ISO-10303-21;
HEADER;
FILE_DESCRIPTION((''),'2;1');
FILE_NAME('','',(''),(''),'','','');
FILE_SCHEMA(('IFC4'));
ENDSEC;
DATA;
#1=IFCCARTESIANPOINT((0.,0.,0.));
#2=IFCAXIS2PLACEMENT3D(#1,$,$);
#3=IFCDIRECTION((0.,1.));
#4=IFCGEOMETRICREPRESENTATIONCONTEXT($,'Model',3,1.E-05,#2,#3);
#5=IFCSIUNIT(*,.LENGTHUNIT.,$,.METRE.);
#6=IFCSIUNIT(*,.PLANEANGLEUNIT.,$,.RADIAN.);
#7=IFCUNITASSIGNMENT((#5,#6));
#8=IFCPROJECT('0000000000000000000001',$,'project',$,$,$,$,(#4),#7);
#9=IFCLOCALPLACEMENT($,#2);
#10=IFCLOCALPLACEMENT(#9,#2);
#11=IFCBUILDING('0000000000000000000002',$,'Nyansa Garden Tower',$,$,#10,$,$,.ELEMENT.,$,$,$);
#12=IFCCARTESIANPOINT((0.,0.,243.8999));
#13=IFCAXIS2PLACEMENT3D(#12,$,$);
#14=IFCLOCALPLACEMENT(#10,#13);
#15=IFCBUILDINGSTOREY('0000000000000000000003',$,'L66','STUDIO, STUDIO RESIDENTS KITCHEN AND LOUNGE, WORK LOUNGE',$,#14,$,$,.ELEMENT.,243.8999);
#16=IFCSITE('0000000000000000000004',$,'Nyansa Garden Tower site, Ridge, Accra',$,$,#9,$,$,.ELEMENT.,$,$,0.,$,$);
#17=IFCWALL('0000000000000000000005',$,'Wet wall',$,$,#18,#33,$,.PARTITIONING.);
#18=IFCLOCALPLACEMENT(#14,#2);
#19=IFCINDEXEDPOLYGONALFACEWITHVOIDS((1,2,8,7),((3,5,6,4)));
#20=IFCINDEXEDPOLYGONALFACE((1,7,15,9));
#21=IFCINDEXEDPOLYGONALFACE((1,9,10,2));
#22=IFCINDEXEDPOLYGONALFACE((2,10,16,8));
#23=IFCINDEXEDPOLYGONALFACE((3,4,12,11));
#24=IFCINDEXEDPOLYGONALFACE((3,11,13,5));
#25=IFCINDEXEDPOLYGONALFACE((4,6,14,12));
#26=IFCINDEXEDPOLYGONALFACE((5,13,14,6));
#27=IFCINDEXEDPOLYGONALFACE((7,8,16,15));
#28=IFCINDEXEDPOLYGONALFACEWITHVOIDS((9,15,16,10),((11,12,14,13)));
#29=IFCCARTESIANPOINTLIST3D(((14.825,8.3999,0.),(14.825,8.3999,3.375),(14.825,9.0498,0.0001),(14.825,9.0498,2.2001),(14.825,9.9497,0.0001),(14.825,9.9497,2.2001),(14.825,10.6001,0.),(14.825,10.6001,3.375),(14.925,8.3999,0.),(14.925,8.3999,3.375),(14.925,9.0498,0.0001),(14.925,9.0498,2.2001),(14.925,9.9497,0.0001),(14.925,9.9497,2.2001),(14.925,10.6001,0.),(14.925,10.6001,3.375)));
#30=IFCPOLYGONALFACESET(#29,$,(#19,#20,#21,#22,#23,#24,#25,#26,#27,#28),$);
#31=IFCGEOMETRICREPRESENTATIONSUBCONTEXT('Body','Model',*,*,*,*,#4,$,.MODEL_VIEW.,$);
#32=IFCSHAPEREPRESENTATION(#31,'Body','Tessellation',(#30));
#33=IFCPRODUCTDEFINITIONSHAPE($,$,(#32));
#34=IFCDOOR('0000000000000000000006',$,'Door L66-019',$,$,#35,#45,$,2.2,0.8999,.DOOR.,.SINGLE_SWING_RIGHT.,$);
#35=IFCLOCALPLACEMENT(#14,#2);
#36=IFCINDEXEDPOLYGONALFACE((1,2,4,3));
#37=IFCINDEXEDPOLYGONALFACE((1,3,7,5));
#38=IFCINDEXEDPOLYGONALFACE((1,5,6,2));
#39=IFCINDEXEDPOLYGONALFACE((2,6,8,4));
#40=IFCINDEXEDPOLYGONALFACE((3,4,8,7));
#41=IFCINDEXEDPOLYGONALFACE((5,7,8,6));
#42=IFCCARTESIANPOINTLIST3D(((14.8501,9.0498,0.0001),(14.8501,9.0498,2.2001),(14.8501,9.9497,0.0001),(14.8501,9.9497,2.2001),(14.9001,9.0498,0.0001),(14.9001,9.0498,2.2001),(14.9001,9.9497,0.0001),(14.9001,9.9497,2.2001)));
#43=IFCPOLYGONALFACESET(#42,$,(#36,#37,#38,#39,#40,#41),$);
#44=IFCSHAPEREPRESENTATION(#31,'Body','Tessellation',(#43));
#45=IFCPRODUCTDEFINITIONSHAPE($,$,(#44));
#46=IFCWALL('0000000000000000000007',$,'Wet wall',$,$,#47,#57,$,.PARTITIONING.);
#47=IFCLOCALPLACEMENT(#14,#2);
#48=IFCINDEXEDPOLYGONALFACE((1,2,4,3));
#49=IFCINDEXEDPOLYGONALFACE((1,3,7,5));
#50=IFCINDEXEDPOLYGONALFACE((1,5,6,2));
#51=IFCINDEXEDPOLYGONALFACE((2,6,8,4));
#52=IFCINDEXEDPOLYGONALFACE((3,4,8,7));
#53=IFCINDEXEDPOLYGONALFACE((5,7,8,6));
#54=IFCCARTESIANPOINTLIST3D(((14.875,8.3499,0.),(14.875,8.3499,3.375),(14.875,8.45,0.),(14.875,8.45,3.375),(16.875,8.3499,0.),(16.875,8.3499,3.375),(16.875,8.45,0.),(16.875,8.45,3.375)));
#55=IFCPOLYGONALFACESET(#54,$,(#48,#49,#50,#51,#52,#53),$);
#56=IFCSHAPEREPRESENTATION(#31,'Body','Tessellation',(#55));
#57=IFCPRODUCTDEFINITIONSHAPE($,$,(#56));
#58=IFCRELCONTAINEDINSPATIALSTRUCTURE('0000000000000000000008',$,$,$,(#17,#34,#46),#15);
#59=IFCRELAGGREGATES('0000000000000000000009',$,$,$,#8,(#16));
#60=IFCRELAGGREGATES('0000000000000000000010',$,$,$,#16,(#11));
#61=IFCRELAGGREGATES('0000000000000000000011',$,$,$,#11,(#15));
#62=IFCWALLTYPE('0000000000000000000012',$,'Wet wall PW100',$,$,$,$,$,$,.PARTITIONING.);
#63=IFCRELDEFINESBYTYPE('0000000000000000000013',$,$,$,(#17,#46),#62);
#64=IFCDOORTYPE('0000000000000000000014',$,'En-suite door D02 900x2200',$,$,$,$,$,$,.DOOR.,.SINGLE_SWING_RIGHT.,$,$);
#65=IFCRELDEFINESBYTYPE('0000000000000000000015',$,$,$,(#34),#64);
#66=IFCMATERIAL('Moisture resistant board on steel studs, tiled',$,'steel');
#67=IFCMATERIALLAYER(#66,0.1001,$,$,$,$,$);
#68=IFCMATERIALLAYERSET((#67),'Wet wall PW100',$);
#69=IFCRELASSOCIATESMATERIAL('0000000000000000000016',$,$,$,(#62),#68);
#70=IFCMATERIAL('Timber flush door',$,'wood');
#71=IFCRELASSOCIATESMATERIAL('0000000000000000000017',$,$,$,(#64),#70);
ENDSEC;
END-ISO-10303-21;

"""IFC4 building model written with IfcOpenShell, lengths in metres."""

from ifc_helpers import new_model, si_unit, direction, frame, frame_2d, origin, place, context, subcontext, project, spatial, rectangle, extrude, material, layer, layer_set, type_object, element, fill, save


model = new_model("IFC4")

# Units and contexts
model_context = context("Model", 3, precision=1e-05, world=origin(), true_north=direction((0.0, 1.0)))
body_context = subcontext(model_context, "Body", "Model", "MODEL_VIEW")
ifc_project = project(units=[si_unit("LENGTHUNIT", "METRE"), si_unit("PLANEANGLEUNIT", "RADIAN")], contexts=[model_context])

# Site, building, storey
site_placement = place(None, origin())
site = spatial("IfcSite", under=ifc_project, at=site_placement, Name="Nyansa Garden Tower site, Ridge, Accra", CompositionType="ELEMENT", RefElevation=0.0)
building_placement = place(site_placement, origin())
building = spatial("IfcBuilding", under=site, at=building_placement, Name="Nyansa Garden Tower", CompositionType="ELEMENT")
storey_placement = place(building_placement, frame((0.0, 0.0, 243.8999)))
storey = spatial("IfcBuildingStorey", under=building, at=storey_placement, Name="L66", Description="STUDIO, STUDIO RESIDENTS KITCHEN AND LOUNGE, WORK LOUNGE", CompositionType="ELEMENT", Elevation=243.8999)

# Wall, opening, door
ifc_material_1 = material(Name="Moisture resistant board on steel studs, tiled", Category="steel")
ifc_layer_1 = layer(ifc_material_1, 0.1001)
ifc_layer_set_1 = layer_set([ifc_layer_1], Name="Wet wall PW100")
wall_type_1 = type_object("IfcWallType", Name="Wet wall PW100", PredefinedType="PARTITIONING", material=ifc_layer_set_1)
wall_1_placement = place(storey_placement, frame((14.875, 8.3999, 0.0), z_axis=(0.0, 0.0, 1.0), x_axis=(0.0, 1.0, 0.0)))
wall_1 = element("IfcWall", 1, at=wall_1_placement, inside=storey, type_object=wall_type_1, Name="Wet wall", PredefinedType="PARTITIONING", context=body_context, shape_type="SweptSolid", body=[
    extrude(rectangle(XDim=2.2002, YDim=0.1001, at=frame_2d((1.1001, 0.0))), origin(), (0.0, 0.0, 1.0), 3.375),
])
opening_1_placement = place(wall_1_placement, frame((0.6499, 0.0, 0.0)))
opening_1 = element("IfcOpeningElement", 2, at=opening_1_placement, cuts=wall_1, PredefinedType="OPENING", context=body_context, shape_type="SweptSolid", body=[
    extrude(rectangle(XDim=0.8999, YDim=2.2, at=frame_2d((0.45, 1.1001))), frame((0.0, 0.0601, 0.0), z_axis=(0.0, -1.0, 0.0), x_axis=(1.0, 0.0, 0.0)), (0.0, 0.0, 1.0), 0.1201),
])
ifc_material_2 = material(Name="Timber flush door", Category="wood")
door_type_1 = type_object("IfcDoorType", Name="En-suite door D02 900x2200", OperationType="SINGLE_SWING_RIGHT", PredefinedType="DOOR", material=ifc_material_2)
door_1_placement = place(opening_1_placement, origin())
door_1 = element("IfcDoor", 3, at=door_1_placement, inside=storey, type_object=door_type_1, Name="Door L66-019", OperationType="SINGLE_SWING_RIGHT", OverallHeight=2.2, OverallWidth=0.8999, PredefinedType="DOOR", context=body_context, shape_type="SweptSolid", body=[
    extrude(rectangle(XDim=0.8999, YDim=2.2, at=frame_2d((0.45, 1.1001))), frame((0.0, 0.0249, 0.0), z_axis=(0.0, -1.0, 0.0), x_axis=(1.0, 0.0, 0.0)), (0.0, 0.0, 1.0), 0.05),
])
fill(opening_1, door_1)

# Wall
wall_2_placement = place(storey_placement, frame((14.875, 8.3999, 0.0), z_axis=(0.0, 0.0, 1.0), x_axis=(1.0, 0.0, 0.0)))
element("IfcWall", 4, at=wall_2_placement, inside=storey, type_object=wall_type_1, Name="Wet wall", PredefinedType="PARTITIONING", context=body_context, shape_type="SweptSolid", body=[
    extrude(rectangle(XDim=2.0, YDim=0.1001, at=frame_2d((1.0, 0.0))), origin(), (0.0, 0.0, 1.0), 3.375),
])

save(model, "model.ifc")
